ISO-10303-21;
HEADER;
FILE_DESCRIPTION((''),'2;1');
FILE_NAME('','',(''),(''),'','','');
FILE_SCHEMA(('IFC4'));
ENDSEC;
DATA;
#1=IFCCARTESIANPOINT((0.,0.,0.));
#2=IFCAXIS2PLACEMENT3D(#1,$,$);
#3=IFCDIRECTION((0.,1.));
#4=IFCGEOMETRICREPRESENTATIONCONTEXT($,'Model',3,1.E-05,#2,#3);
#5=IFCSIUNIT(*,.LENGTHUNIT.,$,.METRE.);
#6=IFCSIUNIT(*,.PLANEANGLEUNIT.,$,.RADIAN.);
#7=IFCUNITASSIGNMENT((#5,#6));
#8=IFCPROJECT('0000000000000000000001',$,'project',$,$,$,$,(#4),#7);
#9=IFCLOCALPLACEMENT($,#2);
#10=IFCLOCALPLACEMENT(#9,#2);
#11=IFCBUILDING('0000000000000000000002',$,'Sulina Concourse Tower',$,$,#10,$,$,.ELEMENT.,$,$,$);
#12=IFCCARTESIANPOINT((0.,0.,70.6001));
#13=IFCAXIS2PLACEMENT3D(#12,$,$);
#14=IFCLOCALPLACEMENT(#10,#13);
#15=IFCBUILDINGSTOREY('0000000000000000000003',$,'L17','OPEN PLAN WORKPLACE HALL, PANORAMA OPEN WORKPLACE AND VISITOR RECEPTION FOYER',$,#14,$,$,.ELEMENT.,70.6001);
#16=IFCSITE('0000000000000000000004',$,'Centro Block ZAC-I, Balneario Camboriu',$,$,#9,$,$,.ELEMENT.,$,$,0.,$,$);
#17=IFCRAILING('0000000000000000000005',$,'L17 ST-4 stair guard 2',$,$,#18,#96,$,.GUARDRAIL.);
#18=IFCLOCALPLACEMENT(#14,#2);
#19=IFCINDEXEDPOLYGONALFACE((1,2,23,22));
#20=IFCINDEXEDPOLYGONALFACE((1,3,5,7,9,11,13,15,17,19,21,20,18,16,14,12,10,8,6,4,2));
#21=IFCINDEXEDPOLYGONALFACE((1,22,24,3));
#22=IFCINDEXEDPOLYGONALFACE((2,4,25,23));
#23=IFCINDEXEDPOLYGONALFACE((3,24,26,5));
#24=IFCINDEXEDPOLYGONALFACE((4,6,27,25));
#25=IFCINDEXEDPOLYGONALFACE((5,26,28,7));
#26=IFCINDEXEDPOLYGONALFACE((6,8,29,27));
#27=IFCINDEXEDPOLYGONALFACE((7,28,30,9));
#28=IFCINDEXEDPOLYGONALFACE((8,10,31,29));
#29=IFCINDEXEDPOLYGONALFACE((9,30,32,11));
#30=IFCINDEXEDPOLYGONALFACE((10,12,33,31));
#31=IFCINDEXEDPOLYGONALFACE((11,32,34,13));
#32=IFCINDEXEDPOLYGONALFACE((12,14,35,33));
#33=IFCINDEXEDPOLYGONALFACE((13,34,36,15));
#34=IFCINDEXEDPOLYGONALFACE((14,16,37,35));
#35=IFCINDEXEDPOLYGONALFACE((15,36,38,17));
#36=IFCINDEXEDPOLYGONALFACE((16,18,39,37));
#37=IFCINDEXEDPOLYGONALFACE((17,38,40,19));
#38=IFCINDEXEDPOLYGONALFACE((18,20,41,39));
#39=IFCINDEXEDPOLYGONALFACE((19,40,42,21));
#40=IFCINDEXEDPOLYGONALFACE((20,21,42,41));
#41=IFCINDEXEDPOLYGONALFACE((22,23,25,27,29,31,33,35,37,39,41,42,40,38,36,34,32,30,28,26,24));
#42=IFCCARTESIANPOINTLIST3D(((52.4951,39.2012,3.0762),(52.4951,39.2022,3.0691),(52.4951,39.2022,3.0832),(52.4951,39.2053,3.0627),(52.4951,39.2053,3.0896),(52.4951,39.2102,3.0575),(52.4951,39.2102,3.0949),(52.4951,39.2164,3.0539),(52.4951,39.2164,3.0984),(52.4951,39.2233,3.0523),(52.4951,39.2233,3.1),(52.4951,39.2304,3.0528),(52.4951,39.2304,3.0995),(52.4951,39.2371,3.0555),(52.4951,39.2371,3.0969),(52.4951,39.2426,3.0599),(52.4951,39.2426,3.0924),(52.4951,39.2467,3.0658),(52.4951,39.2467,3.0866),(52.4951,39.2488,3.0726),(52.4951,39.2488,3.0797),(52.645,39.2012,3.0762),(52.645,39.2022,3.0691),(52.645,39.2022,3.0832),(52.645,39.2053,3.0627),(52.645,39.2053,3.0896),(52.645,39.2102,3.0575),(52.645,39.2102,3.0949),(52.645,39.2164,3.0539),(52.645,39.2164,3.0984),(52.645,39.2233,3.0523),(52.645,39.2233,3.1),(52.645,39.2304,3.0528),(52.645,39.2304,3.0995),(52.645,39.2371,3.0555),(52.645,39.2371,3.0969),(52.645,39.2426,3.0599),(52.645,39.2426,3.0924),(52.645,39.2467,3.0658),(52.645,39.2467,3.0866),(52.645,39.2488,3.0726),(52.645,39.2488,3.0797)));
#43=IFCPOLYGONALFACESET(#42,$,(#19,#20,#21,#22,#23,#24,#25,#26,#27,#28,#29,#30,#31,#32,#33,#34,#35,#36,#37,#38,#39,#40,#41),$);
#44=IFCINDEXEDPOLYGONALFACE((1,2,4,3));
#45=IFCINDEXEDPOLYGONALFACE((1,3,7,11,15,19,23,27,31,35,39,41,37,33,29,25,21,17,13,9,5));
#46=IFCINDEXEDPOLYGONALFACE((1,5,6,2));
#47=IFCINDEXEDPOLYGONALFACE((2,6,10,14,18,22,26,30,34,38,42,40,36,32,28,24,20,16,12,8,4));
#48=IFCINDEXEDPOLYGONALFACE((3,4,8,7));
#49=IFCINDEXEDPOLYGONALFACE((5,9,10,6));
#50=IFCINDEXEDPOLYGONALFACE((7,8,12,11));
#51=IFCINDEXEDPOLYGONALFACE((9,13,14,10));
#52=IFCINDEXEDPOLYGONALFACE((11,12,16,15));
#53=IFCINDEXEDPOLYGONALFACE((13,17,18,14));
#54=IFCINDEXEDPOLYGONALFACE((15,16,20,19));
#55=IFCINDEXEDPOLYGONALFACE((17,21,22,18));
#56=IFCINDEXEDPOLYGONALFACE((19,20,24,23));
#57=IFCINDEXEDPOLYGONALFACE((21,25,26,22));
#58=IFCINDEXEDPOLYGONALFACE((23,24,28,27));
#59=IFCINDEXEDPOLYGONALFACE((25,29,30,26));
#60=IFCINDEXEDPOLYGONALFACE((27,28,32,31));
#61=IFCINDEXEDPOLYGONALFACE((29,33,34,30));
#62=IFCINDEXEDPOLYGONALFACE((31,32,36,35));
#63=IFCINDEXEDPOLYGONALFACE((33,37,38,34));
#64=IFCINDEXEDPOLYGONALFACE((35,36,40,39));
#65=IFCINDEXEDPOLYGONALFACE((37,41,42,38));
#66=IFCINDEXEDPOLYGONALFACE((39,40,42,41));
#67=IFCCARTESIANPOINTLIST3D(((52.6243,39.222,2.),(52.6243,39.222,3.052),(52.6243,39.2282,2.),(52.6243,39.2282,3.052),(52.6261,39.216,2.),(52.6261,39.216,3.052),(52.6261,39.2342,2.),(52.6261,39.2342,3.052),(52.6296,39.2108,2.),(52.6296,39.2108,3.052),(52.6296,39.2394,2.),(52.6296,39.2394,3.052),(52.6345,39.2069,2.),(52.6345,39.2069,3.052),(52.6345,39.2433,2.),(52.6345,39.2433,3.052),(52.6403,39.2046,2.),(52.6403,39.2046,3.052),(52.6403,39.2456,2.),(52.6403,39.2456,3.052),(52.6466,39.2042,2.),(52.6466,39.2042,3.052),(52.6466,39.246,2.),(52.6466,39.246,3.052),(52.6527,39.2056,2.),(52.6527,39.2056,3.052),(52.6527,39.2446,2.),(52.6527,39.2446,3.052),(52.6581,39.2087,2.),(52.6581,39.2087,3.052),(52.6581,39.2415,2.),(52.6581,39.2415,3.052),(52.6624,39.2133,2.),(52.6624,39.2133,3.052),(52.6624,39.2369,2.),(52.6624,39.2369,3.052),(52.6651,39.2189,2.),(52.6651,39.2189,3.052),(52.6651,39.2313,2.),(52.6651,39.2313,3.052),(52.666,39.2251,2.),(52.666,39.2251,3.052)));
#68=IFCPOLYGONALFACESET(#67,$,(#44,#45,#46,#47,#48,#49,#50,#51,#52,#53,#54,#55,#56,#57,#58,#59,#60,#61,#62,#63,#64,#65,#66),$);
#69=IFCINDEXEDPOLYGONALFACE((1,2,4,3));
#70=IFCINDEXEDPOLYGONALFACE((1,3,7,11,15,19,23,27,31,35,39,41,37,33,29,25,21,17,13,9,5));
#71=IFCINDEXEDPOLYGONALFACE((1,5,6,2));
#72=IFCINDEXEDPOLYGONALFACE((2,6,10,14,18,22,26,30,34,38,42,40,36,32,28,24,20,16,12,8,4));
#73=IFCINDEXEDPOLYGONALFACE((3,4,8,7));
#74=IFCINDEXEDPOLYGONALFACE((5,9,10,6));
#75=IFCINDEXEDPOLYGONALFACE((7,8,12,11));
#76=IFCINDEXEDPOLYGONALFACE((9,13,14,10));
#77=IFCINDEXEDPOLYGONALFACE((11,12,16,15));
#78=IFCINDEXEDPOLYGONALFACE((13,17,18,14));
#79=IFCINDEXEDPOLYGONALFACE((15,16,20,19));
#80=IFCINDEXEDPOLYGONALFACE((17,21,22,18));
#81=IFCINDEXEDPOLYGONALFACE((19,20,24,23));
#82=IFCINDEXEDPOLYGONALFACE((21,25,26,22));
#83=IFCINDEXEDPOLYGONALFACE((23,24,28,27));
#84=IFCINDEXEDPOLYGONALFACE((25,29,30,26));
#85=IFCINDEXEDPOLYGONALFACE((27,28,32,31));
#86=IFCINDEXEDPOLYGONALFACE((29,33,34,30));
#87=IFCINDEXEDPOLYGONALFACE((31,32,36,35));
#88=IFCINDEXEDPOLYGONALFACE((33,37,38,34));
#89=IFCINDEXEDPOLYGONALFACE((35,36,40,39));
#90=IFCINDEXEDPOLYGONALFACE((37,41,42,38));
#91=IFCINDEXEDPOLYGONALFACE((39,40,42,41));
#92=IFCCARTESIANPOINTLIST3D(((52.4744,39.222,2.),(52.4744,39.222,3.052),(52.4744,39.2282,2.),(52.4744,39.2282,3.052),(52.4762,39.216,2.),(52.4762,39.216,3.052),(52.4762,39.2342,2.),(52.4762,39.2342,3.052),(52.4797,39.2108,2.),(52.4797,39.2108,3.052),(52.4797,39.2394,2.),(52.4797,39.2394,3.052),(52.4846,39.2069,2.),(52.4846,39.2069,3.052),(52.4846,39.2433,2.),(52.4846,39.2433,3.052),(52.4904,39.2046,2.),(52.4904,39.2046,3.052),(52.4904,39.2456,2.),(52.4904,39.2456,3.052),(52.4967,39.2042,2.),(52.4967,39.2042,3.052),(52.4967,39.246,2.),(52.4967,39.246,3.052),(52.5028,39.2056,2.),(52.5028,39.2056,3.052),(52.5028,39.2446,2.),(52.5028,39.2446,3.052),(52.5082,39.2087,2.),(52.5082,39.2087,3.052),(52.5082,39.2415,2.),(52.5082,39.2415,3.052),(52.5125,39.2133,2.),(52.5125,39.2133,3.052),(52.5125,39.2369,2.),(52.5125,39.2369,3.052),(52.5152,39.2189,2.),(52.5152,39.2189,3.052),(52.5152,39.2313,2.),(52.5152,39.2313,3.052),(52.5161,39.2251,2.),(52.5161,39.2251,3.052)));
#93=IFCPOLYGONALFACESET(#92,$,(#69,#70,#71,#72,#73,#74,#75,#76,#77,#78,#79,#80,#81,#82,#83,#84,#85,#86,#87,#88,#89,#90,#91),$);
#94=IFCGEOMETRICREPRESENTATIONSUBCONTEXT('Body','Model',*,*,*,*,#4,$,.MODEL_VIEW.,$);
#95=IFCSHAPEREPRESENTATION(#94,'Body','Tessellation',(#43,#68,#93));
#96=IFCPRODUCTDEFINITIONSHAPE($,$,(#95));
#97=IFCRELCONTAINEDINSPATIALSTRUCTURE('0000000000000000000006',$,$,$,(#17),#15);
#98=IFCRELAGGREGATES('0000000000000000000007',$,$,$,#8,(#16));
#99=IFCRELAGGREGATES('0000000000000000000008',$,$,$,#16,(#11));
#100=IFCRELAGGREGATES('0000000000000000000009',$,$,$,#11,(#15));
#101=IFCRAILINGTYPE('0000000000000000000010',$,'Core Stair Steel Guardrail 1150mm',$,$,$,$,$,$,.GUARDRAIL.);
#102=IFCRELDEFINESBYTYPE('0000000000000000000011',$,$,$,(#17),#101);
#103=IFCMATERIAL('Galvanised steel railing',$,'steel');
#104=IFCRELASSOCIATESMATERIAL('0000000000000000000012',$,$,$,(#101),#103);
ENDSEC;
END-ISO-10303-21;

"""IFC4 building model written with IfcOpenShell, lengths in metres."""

from ifc_helpers import new_model, si_unit, direction, frame, origin, origin_2d, place, context, subcontext, project, spatial, circle, extrude, material, type_object, element, save


model = new_model("IFC4")

# Units and contexts
model_context = context("Model", 3, precision=1e-05, world=origin(), true_north=direction((0.0, 1.0)))
body_context = subcontext(model_context, "Body", "Model", "MODEL_VIEW")
ifc_project = project(units=[si_unit("LENGTHUNIT", "METRE"), si_unit("PLANEANGLEUNIT", "RADIAN")], contexts=[model_context])

# Site, building, storey
site_placement = place(None, origin())
site = spatial("IfcSite", under=ifc_project, at=site_placement, Name="Centro Block ZAC-I, Balneario Camboriu", CompositionType="ELEMENT", RefElevation=0.0)
building_placement = place(site_placement, origin())
building = spatial("IfcBuilding", under=site, at=building_placement, Name="Sulina Concourse Tower", CompositionType="ELEMENT")
storey_placement = place(building_placement, frame((0.0, 0.0, 70.6001)))
storey = spatial("IfcBuildingStorey", under=building, at=storey_placement, Name="L17", Description="OPEN PLAN WORKPLACE HALL, PANORAMA OPEN WORKPLACE AND VISITOR RECEPTION FOYER", CompositionType="ELEMENT", Elevation=70.6001)

# Railing
ifc_material_1 = material(Name="Galvanised steel railing", Category="steel")
railing_type_1 = type_object("IfcRailingType", Name="Core Stair Steel Guardrail 1150mm", PredefinedType="GUARDRAIL", material=ifc_material_1)
railing_1_placement = place(storey_placement, frame((52.645, 39.2251, 2.0)))
element("IfcRailing", 1, at=railing_1_placement, inside=storey, type_object=railing_type_1, Name="L17 ST-4 stair guard 2", PredefinedType="GUARDRAIL", context=body_context, shape_type="SweptSolid", body=[
    extrude(circle(Radius=0.0239, at=origin_2d()), frame((0.0, 0.0, 1.0762), z_axis=(-1.0, 0.0, 0.0), x_axis=(0.0, -1.0, 0.0)), (0.0, 0.0, 1.0), 0.1499),
    extrude(circle(Radius=0.021, at=origin_2d()), origin(), (0.0, 0.0, 1.0), 1.052),
    extrude(circle(Radius=0.021, at=origin_2d()), frame((-0.1499, 0.0, 0.0)), (0.0, 0.0, 1.0), 1.052),
])

save(model, "model.ifc")
